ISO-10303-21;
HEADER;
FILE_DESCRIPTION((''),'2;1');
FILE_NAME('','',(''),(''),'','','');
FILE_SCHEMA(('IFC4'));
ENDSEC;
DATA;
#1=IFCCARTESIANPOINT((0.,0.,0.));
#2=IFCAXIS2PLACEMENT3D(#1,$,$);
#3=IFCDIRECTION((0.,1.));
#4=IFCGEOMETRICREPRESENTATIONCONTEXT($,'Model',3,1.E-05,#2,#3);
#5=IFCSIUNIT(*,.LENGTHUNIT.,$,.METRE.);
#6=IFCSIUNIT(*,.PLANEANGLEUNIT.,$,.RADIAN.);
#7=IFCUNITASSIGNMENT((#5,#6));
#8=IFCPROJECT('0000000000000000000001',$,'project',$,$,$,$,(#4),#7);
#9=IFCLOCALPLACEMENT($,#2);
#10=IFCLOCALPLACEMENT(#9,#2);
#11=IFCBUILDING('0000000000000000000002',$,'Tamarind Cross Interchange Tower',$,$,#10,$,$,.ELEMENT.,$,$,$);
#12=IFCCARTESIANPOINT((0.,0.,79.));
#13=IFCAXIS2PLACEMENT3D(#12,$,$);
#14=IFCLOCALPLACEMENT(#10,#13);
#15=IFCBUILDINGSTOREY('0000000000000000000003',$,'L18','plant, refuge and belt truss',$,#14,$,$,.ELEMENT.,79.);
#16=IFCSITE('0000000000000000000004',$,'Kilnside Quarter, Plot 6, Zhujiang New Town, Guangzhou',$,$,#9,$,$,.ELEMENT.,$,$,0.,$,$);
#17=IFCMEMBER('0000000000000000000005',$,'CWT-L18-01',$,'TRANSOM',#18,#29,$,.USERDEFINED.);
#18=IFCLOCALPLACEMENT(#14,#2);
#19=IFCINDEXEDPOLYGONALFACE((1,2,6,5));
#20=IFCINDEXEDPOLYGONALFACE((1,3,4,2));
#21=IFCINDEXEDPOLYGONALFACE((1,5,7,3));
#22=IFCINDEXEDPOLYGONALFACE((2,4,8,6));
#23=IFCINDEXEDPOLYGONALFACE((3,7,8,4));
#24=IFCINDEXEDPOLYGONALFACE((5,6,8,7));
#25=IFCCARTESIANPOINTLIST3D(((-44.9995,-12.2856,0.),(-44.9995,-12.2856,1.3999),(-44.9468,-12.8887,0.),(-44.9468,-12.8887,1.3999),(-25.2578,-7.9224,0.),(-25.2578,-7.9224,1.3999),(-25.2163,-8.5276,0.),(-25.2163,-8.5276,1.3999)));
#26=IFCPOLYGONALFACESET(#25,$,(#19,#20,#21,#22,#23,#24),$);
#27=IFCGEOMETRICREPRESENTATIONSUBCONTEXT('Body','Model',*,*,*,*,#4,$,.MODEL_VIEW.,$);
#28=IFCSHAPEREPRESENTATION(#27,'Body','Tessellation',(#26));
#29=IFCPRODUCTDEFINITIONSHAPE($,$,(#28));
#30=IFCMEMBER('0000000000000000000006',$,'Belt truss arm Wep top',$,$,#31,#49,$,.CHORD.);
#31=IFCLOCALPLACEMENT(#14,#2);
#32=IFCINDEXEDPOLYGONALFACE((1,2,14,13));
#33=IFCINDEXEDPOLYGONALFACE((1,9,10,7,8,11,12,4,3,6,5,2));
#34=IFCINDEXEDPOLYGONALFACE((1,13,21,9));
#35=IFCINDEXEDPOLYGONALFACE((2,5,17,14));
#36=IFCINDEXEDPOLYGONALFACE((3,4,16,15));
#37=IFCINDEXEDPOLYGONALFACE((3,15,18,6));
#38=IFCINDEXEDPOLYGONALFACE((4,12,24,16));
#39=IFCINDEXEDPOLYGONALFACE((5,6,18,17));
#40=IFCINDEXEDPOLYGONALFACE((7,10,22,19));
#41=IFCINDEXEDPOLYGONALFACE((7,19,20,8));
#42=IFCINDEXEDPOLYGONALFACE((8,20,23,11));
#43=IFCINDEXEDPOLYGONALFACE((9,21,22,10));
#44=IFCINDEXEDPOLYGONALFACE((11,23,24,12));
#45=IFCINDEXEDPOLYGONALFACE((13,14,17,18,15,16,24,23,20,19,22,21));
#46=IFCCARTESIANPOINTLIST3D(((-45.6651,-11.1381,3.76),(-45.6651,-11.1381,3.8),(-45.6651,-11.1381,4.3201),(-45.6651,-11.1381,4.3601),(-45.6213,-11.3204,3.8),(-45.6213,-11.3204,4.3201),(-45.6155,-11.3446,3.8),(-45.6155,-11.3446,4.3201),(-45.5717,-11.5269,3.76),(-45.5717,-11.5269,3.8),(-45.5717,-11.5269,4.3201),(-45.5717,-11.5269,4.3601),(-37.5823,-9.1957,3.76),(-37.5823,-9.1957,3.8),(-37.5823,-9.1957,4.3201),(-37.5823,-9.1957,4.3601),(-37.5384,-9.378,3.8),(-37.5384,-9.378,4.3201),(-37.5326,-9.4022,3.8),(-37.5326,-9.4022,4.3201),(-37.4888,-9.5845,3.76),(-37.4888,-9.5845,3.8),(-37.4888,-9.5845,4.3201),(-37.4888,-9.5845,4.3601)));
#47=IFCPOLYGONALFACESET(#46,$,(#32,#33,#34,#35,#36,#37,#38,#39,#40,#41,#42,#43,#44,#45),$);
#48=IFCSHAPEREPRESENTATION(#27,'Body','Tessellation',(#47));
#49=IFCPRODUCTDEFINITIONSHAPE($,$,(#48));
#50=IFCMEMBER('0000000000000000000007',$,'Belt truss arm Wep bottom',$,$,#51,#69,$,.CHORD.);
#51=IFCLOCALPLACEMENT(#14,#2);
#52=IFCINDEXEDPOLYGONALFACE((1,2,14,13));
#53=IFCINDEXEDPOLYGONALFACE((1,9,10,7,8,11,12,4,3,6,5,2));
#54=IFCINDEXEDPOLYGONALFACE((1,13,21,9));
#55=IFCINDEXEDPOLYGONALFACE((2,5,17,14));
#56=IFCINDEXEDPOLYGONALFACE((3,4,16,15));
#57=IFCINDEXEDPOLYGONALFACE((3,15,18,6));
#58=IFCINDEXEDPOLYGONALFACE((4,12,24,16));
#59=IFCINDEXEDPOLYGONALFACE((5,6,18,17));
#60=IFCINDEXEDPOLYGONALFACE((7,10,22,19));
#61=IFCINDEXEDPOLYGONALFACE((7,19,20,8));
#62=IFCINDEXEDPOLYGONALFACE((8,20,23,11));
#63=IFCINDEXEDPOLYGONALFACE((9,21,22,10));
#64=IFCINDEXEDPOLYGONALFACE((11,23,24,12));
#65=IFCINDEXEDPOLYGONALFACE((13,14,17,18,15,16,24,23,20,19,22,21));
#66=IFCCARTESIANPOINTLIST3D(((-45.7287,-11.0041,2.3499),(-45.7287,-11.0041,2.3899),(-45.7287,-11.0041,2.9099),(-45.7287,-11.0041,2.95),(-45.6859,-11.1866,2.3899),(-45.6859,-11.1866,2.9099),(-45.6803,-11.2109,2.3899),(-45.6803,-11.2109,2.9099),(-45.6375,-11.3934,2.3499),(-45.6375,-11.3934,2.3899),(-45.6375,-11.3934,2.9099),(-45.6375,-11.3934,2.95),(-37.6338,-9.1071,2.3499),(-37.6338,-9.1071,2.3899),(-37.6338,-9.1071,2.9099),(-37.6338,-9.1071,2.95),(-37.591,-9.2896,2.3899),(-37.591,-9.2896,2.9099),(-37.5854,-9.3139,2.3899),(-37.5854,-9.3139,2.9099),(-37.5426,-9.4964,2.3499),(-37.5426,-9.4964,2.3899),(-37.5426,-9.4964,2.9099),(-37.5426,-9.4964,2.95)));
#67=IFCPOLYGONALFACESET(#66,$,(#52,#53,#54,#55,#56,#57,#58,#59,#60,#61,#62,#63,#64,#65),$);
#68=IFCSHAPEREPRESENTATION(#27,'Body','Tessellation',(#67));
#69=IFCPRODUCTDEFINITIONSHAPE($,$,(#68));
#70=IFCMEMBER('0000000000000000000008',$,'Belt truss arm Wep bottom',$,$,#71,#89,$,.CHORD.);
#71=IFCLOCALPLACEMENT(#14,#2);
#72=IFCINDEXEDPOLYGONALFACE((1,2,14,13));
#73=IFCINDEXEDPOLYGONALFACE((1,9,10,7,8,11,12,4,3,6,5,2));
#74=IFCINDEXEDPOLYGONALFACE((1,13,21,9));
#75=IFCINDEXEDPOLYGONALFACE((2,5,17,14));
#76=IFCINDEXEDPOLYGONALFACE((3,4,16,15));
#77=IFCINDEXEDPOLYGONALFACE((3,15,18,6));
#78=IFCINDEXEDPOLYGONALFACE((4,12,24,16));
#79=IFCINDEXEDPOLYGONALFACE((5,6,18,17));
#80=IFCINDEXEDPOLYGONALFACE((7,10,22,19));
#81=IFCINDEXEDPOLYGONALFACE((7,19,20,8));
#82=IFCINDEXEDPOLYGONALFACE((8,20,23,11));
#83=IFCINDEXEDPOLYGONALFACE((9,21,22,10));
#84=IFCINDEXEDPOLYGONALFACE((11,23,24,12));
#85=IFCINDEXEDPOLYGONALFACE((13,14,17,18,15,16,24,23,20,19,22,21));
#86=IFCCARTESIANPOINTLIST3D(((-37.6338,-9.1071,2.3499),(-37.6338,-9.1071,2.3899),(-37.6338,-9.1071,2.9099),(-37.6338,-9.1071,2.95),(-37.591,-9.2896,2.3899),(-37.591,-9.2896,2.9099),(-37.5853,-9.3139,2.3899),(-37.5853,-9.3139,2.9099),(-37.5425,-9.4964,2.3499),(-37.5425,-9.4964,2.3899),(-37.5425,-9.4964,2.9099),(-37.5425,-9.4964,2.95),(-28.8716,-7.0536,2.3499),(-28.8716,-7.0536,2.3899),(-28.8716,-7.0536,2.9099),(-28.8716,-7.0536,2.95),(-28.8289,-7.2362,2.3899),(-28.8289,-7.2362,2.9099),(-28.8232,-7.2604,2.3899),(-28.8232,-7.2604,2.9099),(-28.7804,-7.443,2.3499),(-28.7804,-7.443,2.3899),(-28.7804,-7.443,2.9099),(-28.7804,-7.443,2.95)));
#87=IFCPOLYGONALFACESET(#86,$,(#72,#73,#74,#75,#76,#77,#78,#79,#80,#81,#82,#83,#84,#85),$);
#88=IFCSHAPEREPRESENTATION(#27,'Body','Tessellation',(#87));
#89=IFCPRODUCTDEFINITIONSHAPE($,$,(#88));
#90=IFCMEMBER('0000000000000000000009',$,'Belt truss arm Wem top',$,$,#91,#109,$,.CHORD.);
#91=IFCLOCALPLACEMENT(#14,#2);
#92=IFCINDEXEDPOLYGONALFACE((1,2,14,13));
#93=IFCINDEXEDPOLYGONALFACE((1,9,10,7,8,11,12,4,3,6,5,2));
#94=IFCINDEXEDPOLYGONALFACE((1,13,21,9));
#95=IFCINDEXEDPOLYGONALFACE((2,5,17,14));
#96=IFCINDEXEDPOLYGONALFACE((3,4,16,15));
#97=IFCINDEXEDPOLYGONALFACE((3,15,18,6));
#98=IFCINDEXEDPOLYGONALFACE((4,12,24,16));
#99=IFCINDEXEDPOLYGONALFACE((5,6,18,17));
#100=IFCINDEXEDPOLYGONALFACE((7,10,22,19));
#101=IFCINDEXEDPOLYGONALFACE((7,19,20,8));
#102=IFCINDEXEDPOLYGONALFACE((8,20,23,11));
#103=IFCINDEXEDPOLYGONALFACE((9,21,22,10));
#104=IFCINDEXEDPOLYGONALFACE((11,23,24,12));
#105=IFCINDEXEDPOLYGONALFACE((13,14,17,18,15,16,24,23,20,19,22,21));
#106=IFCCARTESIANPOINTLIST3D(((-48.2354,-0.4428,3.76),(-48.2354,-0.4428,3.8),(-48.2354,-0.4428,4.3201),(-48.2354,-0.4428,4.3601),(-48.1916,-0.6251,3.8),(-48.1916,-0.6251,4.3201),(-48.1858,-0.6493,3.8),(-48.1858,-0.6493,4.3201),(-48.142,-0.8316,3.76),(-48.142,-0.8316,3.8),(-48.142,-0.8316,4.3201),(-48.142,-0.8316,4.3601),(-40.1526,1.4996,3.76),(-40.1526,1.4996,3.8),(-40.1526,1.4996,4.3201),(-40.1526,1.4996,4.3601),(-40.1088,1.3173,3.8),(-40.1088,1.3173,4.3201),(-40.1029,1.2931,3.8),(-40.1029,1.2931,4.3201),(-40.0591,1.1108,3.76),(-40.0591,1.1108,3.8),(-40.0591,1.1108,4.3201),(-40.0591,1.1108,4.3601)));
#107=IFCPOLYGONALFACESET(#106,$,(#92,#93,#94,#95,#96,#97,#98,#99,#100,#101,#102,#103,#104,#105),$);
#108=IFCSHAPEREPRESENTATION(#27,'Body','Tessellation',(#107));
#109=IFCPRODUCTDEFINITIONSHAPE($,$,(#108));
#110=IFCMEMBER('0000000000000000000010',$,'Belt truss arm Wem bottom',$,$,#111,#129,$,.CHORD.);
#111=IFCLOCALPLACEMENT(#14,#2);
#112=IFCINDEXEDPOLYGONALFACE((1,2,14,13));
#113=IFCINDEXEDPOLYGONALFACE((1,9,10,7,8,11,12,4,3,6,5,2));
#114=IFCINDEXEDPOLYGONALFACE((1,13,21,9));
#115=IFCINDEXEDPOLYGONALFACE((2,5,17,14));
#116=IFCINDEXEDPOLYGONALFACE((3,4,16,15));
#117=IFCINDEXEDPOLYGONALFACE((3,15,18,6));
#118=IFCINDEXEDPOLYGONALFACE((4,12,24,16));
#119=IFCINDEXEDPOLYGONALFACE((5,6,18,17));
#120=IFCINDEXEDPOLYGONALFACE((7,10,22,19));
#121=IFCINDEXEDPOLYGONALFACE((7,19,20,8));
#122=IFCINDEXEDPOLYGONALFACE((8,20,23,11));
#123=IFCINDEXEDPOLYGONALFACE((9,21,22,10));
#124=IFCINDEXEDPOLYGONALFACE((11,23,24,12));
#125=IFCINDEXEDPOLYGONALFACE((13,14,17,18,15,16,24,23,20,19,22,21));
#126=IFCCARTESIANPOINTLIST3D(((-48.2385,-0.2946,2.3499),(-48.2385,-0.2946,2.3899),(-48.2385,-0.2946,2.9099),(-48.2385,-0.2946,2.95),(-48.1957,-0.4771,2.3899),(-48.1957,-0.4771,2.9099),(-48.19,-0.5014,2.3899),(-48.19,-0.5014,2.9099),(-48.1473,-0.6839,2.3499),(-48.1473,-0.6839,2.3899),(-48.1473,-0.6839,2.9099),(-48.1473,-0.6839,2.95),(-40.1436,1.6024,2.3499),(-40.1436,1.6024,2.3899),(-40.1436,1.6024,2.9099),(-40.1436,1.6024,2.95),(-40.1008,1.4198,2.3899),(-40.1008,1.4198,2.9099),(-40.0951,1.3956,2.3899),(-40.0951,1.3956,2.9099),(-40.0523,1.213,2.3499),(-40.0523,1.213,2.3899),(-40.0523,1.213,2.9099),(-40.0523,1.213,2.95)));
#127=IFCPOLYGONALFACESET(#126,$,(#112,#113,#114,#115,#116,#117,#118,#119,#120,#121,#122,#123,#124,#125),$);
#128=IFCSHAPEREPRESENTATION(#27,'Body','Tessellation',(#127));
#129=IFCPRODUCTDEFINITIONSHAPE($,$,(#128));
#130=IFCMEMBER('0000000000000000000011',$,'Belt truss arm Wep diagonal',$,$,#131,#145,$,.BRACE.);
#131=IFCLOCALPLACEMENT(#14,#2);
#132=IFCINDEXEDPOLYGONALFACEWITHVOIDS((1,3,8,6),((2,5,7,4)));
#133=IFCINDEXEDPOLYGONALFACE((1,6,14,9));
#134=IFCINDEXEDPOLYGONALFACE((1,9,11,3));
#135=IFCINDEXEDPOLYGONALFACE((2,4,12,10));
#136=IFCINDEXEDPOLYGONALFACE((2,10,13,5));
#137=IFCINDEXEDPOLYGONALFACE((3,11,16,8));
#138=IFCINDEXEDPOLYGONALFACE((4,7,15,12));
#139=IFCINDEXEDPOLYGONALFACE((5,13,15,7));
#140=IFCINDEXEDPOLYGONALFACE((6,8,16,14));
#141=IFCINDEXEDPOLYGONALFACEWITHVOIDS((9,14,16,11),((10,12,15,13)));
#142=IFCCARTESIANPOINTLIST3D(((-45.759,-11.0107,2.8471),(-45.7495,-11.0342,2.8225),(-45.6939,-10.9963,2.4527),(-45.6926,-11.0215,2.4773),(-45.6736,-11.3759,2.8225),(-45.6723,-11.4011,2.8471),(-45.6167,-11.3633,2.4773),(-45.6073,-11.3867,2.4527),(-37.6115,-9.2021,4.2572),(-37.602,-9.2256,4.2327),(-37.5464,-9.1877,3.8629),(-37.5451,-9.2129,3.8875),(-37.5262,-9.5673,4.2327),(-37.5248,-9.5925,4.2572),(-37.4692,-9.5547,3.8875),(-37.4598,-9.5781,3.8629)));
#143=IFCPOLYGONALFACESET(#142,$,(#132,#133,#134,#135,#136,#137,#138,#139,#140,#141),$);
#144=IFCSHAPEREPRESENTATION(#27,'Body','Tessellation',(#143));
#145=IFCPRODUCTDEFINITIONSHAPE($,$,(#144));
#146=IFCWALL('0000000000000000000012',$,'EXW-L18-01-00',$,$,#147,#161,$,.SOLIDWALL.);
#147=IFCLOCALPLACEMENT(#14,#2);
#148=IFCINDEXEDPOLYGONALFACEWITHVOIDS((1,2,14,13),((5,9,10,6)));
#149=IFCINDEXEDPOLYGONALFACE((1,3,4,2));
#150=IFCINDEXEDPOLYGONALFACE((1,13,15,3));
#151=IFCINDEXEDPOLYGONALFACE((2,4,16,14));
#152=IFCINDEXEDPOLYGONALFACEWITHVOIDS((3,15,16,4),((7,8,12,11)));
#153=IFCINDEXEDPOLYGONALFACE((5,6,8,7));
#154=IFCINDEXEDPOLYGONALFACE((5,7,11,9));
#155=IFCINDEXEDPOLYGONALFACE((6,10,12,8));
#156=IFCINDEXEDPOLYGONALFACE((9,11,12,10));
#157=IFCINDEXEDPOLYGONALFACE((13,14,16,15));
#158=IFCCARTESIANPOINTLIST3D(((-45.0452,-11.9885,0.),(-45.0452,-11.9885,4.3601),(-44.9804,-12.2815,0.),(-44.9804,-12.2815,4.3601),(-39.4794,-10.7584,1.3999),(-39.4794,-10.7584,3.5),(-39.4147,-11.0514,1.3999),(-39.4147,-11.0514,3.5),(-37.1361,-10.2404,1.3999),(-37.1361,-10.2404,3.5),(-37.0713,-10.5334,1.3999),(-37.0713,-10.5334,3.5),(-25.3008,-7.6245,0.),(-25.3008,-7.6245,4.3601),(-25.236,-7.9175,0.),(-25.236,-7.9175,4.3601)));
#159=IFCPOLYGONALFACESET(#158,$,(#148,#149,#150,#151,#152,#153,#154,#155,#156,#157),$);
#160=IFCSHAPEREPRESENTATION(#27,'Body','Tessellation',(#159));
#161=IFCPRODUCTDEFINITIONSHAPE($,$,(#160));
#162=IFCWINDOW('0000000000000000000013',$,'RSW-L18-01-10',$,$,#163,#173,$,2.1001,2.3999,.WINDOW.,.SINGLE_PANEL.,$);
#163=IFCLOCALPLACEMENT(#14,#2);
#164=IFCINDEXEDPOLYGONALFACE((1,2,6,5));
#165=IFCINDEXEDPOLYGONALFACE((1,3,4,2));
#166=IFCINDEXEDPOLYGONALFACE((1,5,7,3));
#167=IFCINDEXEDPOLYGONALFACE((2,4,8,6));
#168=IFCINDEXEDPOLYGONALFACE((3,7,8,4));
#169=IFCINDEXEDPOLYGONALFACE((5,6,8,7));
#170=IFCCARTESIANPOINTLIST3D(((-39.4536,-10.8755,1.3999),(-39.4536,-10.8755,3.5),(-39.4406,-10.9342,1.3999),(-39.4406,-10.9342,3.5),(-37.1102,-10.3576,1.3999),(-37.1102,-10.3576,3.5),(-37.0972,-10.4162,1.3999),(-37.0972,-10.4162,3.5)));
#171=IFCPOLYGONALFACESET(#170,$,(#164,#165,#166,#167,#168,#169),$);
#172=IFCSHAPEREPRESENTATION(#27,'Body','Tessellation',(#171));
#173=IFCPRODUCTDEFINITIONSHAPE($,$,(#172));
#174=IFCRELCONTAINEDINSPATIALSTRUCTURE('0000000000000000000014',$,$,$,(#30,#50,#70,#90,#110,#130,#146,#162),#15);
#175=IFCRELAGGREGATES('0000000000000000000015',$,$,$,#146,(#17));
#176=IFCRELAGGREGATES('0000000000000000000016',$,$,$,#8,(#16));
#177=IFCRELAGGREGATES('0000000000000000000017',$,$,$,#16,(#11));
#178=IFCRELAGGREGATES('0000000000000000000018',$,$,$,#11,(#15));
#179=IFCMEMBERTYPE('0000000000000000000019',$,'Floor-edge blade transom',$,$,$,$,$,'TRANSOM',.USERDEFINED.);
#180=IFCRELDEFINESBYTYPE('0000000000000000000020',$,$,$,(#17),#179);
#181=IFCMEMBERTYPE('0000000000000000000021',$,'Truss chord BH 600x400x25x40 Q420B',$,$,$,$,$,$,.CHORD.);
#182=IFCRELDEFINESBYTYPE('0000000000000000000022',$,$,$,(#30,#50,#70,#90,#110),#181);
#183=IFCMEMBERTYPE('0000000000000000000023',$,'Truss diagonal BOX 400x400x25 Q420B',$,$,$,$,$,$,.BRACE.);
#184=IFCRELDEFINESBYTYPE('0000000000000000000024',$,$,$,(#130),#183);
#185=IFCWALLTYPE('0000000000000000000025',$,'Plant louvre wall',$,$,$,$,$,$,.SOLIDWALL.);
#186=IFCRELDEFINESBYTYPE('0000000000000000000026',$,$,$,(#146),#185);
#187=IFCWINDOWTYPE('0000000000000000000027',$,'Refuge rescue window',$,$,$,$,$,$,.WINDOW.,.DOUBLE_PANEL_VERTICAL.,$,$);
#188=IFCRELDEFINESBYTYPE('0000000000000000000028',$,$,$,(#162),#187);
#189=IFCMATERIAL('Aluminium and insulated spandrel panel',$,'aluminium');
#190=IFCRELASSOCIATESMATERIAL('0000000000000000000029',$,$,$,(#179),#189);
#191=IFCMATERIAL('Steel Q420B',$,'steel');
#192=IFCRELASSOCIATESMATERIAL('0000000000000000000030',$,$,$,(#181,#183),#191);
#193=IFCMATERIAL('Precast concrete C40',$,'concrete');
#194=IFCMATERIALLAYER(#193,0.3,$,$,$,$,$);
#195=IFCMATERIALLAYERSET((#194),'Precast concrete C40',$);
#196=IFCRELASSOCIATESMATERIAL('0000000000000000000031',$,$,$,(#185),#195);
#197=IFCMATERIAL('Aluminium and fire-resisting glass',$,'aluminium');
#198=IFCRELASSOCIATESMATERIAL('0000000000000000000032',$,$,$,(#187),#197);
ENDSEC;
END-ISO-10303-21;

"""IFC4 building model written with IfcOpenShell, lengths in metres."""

from ifc_helpers import new_model, si_unit, direction, frame, frame_2d, origin, origin_2d, place, context, subcontext, project, spatial, polyline, rectangle, hollow_rectangle, i_section, outline, extrude, material, layer, layer_set, material_profile, profile_set, type_object, element, fill, aggregate, save


model = new_model("IFC4")

# Units and contexts
model_context = context("Model", 3, precision=1e-05, world=origin(), true_north=direction((0.0, 1.0)))
body_context = subcontext(model_context, "Body", "Model", "MODEL_VIEW")
ifc_project = project(units=[si_unit("LENGTHUNIT", "METRE"), si_unit("PLANEANGLEUNIT", "RADIAN")], contexts=[model_context])

# Site, building, storey
site_placement = place(None, origin())
site = spatial("IfcSite", under=ifc_project, at=site_placement, Name="Kilnside Quarter, Plot 6, Zhujiang New Town, Guangzhou", CompositionType="ELEMENT", RefElevation=0.0)
building_placement = place(site_placement, origin())
building = spatial("IfcBuilding", under=site, at=building_placement, Name="Tamarind Cross Interchange Tower", CompositionType="ELEMENT")
storey_placement = place(building_placement, frame((0.0, 0.0, 79.0)))
storey = spatial("IfcBuildingStorey", under=building, at=storey_placement, Name="L18", Description="plant, refuge and belt truss", CompositionType="ELEMENT", Elevation=79.0)

# Member
ifc_material_1 = material(Name="Aluminium and insulated spandrel panel", Category="aluminium")
member_type_1 = type_object("IfcMemberType", Name="Floor-edge blade transom", ElementType="TRANSOM", PredefinedType="USERDEFINED", material=ifc_material_1)
member_1_placement = place(storey_placement, origin())
member_1 = element("IfcMember", 1, at=member_1_placement, type_object=member_type_1, Name="CWT-L18-01", ObjectType="TRANSOM", PredefinedType="USERDEFINED", context=body_context, shape_type="SweptSolid", body=[
    extrude(outline(polyline([(-44.9995, -12.2856), (-25.2578, -7.9224), (-25.2163, -8.5276), (-44.9468, -12.8887), (-44.9995, -12.2856)])), origin(), (0.0, 0.0, 1.0), 1.3999),
])

# Members
ifc_material_2 = material(Name="Steel Q420B", Category="steel")
ifc_material_profile_1 = material_profile(ifc_material_2, i_section(OverallWidth=0.3999, OverallDepth=0.6001, WebThickness=0.0249, FlangeThickness=0.04, at=origin_2d()), Name="BH 600x400x25x40")
ifc_profile_set_1 = profile_set([ifc_material_profile_1], Name="Steel Q420B")
member_type_2 = type_object("IfcMemberType", Name="Truss chord BH 600x400x25x40 Q420B", PredefinedType="CHORD", material=ifc_profile_set_1)
member_2_placement = place(storey_placement, frame((-45.6184, -11.3325, 4.0601), z_axis=(0.972318, 0.23366, 0.0), x_axis=(-0.23366, 0.972318, 0.0)))
element("IfcMember", 2, at=member_2_placement, inside=storey, type_object=member_type_2, Name="Belt truss arm Wep top", PredefinedType="CHORD", context=body_context, shape_type="SweptSolid", body=[
    extrude(i_section(OverallWidth=0.3999, OverallDepth=0.6001, WebThickness=0.0249, FlangeThickness=0.04, at=origin_2d()), origin(), (0.0, 0.0, 1.0), 8.313),
])
member_3_placement = place(storey_placement, frame((-45.6831, -11.1987, 2.6499), z_axis=(0.973624, 0.228159, 0.0), x_axis=(-0.228159, 0.973624, 0.0)))
element("IfcMember", 3, at=member_3_placement, inside=storey, type_object=member_type_2, Name="Belt truss arm Wep bottom", PredefinedType="CHORD", context=body_context, shape_type="SweptSolid", body=[
    extrude(i_section(OverallWidth=0.3999, OverallDepth=0.6001, WebThickness=0.0249, FlangeThickness=0.04, at=origin_2d()), origin(), (0.0, 0.0, 1.0), 8.3142),
])
member_4_placement = place(storey_placement, frame((-37.5881, -9.3018, 2.6499), z_axis=(0.973621, 0.228173, 0.0), x_axis=(-0.228173, 0.973621, 0.0)))
element("IfcMember", 4, at=member_4_placement, inside=storey, type_object=member_type_2, Name="Belt truss arm Wep bottom", PredefinedType="CHORD", context=body_context, shape_type="SweptSolid", body=[
    extrude(i_section(OverallWidth=0.3999, OverallDepth=0.6001, WebThickness=0.0249, FlangeThickness=0.04, at=origin_2d()), origin(), (0.0, 0.0, 1.0), 8.9995),
])
member_5_placement = place(storey_placement, frame((-48.1887, -0.6372, 4.0601), z_axis=(0.972318, 0.23366, 0.0), x_axis=(-0.23366, 0.972318, 0.0)))
element("IfcMember", 5, at=member_5_placement, inside=storey, type_object=member_type_2, Name="Belt truss arm Wem top", PredefinedType="CHORD", context=body_context, shape_type="SweptSolid", body=[
    extrude(i_section(OverallWidth=0.3999, OverallDepth=0.6001, WebThickness=0.0249, FlangeThickness=0.04, at=origin_2d()), origin(), (0.0, 0.0, 1.0), 8.313),
])
member_6_placement = place(storey_placement, frame((-48.1929, -0.4893, 2.6499), z_axis=(0.973624, 0.228159, 0.0), x_axis=(-0.228159, 0.973624, 0.0)))
element("IfcMember", 6, at=member_6_placement, inside=storey, type_object=member_type_2, Name="Belt truss arm Wem bottom", PredefinedType="CHORD", context=body_context, shape_type="SweptSolid", body=[
    extrude(i_section(OverallWidth=0.3999, OverallDepth=0.6001, WebThickness=0.0249, FlangeThickness=0.04, at=origin_2d()), origin(), (0.0, 0.0, 1.0), 8.3142),
])
ifc_material_profile_2 = material_profile(ifc_material_2, hollow_rectangle(XDim=0.3999, YDim=0.3999, WallThickness=0.0249, at=origin_2d()), Name="BOX 400x400x25")
ifc_profile_set_2 = profile_set([ifc_material_profile_2], Name="Steel Q420B")
member_type_3 = type_object("IfcMemberType", Name="Truss diagonal BOX 400x400x25 Q420B", PredefinedType="BRACE", material=ifc_profile_set_2)
member_7_placement = place(storey_placement, frame((-45.6831, -11.1987, 2.6499), z_axis=(0.962592, 0.213679, 0.166605), x_axis=(-0.216707, 0.976237, 0.0)))
element("IfcMember", 7, at=member_7_placement, inside=storey, type_object=member_type_3, Name="Belt truss arm Wep diagonal", PredefinedType="BRACE", context=body_context, shape_type="SweptSolid", body=[
    extrude(hollow_rectangle(XDim=0.3999, YDim=0.3999, WallThickness=0.0249, at=origin_2d()), origin(), (0.0, 0.0, 1.0), 8.4641),
])

# Shared definitions
ifc_material_3 = material(Name="Precast concrete C40", Category="concrete")
ifc_layer = layer(ifc_material_3, 0.3)
ifc_layer_set = layer_set([ifc_layer], Name="Precast concrete C40")
wall_type = type_object("IfcWallType", Name="Plant louvre wall", PredefinedType="SOLIDWALL", material=ifc_layer_set)

# Wall, opening, window
wall_1_placement = place(storey_placement, frame((-45.0127, -12.135, 0.0), z_axis=(0.0, 0.0, 1.0), x_axis=(0.976434, 0.215817, 0.0)))
wall_1 = element("IfcWall", 8, at=wall_1_placement, inside=storey, type_object=wall_type, Name="EXW-L18-01-00", PredefinedType="SOLIDWALL", context=body_context, shape_type="SweptSolid", body=[
    extrude(rectangle(XDim=20.2209, YDim=0.3, at=frame_2d((10.1104, 0.0))), origin(), (0.0, 0.0, 1.0), 4.3601),
])
opening_1_placement = place(wall_1_placement, frame((5.7, 0.0, 1.3999)))
opening_1 = element("IfcOpeningElement", 9, at=opening_1_placement, cuts=wall_1, PredefinedType="OPENING", context=body_context, shape_type="SweptSolid", body=[
    extrude(rectangle(XDim=2.3999, YDim=2.1001, at=frame_2d((1.2, 1.05))), frame((0.0, 0.1599, 0.0), z_axis=(0.0, -1.0, 0.0), x_axis=(1.0, 0.0, 0.0)), (0.0, 0.0, 1.0), 0.3201),
])
ifc_material_4 = material(Name="Aluminium and fire-resisting glass", Category="aluminium")
window_type_1 = type_object("IfcWindowType", Name="Refuge rescue window", PartitioningType="DOUBLE_PANEL_VERTICAL", PredefinedType="WINDOW", material=ifc_material_4)
window_1_placement = place(opening_1_placement, origin())
window_1 = element("IfcWindow", 10, at=window_1_placement, inside=storey, type_object=window_type_1, Name="RSW-L18-01-10", OverallHeight=2.1001, OverallWidth=2.3999, PartitioningType="SINGLE_PANEL", PredefinedType="WINDOW", context=body_context, shape_type="SweptSolid", body=[
    extrude(rectangle(XDim=2.3999, YDim=2.1001, at=frame_2d((1.2, 1.05))), frame((0.0, 0.03, 0.0), z_axis=(0.0, -1.0, 0.0), x_axis=(1.0, 0.0, 0.0)), (0.0, 0.0, 1.0), 0.0601),
])
fill(opening_1, window_1)
aggregate(wall_1, [member_1])

save(model, "model.ifc")
